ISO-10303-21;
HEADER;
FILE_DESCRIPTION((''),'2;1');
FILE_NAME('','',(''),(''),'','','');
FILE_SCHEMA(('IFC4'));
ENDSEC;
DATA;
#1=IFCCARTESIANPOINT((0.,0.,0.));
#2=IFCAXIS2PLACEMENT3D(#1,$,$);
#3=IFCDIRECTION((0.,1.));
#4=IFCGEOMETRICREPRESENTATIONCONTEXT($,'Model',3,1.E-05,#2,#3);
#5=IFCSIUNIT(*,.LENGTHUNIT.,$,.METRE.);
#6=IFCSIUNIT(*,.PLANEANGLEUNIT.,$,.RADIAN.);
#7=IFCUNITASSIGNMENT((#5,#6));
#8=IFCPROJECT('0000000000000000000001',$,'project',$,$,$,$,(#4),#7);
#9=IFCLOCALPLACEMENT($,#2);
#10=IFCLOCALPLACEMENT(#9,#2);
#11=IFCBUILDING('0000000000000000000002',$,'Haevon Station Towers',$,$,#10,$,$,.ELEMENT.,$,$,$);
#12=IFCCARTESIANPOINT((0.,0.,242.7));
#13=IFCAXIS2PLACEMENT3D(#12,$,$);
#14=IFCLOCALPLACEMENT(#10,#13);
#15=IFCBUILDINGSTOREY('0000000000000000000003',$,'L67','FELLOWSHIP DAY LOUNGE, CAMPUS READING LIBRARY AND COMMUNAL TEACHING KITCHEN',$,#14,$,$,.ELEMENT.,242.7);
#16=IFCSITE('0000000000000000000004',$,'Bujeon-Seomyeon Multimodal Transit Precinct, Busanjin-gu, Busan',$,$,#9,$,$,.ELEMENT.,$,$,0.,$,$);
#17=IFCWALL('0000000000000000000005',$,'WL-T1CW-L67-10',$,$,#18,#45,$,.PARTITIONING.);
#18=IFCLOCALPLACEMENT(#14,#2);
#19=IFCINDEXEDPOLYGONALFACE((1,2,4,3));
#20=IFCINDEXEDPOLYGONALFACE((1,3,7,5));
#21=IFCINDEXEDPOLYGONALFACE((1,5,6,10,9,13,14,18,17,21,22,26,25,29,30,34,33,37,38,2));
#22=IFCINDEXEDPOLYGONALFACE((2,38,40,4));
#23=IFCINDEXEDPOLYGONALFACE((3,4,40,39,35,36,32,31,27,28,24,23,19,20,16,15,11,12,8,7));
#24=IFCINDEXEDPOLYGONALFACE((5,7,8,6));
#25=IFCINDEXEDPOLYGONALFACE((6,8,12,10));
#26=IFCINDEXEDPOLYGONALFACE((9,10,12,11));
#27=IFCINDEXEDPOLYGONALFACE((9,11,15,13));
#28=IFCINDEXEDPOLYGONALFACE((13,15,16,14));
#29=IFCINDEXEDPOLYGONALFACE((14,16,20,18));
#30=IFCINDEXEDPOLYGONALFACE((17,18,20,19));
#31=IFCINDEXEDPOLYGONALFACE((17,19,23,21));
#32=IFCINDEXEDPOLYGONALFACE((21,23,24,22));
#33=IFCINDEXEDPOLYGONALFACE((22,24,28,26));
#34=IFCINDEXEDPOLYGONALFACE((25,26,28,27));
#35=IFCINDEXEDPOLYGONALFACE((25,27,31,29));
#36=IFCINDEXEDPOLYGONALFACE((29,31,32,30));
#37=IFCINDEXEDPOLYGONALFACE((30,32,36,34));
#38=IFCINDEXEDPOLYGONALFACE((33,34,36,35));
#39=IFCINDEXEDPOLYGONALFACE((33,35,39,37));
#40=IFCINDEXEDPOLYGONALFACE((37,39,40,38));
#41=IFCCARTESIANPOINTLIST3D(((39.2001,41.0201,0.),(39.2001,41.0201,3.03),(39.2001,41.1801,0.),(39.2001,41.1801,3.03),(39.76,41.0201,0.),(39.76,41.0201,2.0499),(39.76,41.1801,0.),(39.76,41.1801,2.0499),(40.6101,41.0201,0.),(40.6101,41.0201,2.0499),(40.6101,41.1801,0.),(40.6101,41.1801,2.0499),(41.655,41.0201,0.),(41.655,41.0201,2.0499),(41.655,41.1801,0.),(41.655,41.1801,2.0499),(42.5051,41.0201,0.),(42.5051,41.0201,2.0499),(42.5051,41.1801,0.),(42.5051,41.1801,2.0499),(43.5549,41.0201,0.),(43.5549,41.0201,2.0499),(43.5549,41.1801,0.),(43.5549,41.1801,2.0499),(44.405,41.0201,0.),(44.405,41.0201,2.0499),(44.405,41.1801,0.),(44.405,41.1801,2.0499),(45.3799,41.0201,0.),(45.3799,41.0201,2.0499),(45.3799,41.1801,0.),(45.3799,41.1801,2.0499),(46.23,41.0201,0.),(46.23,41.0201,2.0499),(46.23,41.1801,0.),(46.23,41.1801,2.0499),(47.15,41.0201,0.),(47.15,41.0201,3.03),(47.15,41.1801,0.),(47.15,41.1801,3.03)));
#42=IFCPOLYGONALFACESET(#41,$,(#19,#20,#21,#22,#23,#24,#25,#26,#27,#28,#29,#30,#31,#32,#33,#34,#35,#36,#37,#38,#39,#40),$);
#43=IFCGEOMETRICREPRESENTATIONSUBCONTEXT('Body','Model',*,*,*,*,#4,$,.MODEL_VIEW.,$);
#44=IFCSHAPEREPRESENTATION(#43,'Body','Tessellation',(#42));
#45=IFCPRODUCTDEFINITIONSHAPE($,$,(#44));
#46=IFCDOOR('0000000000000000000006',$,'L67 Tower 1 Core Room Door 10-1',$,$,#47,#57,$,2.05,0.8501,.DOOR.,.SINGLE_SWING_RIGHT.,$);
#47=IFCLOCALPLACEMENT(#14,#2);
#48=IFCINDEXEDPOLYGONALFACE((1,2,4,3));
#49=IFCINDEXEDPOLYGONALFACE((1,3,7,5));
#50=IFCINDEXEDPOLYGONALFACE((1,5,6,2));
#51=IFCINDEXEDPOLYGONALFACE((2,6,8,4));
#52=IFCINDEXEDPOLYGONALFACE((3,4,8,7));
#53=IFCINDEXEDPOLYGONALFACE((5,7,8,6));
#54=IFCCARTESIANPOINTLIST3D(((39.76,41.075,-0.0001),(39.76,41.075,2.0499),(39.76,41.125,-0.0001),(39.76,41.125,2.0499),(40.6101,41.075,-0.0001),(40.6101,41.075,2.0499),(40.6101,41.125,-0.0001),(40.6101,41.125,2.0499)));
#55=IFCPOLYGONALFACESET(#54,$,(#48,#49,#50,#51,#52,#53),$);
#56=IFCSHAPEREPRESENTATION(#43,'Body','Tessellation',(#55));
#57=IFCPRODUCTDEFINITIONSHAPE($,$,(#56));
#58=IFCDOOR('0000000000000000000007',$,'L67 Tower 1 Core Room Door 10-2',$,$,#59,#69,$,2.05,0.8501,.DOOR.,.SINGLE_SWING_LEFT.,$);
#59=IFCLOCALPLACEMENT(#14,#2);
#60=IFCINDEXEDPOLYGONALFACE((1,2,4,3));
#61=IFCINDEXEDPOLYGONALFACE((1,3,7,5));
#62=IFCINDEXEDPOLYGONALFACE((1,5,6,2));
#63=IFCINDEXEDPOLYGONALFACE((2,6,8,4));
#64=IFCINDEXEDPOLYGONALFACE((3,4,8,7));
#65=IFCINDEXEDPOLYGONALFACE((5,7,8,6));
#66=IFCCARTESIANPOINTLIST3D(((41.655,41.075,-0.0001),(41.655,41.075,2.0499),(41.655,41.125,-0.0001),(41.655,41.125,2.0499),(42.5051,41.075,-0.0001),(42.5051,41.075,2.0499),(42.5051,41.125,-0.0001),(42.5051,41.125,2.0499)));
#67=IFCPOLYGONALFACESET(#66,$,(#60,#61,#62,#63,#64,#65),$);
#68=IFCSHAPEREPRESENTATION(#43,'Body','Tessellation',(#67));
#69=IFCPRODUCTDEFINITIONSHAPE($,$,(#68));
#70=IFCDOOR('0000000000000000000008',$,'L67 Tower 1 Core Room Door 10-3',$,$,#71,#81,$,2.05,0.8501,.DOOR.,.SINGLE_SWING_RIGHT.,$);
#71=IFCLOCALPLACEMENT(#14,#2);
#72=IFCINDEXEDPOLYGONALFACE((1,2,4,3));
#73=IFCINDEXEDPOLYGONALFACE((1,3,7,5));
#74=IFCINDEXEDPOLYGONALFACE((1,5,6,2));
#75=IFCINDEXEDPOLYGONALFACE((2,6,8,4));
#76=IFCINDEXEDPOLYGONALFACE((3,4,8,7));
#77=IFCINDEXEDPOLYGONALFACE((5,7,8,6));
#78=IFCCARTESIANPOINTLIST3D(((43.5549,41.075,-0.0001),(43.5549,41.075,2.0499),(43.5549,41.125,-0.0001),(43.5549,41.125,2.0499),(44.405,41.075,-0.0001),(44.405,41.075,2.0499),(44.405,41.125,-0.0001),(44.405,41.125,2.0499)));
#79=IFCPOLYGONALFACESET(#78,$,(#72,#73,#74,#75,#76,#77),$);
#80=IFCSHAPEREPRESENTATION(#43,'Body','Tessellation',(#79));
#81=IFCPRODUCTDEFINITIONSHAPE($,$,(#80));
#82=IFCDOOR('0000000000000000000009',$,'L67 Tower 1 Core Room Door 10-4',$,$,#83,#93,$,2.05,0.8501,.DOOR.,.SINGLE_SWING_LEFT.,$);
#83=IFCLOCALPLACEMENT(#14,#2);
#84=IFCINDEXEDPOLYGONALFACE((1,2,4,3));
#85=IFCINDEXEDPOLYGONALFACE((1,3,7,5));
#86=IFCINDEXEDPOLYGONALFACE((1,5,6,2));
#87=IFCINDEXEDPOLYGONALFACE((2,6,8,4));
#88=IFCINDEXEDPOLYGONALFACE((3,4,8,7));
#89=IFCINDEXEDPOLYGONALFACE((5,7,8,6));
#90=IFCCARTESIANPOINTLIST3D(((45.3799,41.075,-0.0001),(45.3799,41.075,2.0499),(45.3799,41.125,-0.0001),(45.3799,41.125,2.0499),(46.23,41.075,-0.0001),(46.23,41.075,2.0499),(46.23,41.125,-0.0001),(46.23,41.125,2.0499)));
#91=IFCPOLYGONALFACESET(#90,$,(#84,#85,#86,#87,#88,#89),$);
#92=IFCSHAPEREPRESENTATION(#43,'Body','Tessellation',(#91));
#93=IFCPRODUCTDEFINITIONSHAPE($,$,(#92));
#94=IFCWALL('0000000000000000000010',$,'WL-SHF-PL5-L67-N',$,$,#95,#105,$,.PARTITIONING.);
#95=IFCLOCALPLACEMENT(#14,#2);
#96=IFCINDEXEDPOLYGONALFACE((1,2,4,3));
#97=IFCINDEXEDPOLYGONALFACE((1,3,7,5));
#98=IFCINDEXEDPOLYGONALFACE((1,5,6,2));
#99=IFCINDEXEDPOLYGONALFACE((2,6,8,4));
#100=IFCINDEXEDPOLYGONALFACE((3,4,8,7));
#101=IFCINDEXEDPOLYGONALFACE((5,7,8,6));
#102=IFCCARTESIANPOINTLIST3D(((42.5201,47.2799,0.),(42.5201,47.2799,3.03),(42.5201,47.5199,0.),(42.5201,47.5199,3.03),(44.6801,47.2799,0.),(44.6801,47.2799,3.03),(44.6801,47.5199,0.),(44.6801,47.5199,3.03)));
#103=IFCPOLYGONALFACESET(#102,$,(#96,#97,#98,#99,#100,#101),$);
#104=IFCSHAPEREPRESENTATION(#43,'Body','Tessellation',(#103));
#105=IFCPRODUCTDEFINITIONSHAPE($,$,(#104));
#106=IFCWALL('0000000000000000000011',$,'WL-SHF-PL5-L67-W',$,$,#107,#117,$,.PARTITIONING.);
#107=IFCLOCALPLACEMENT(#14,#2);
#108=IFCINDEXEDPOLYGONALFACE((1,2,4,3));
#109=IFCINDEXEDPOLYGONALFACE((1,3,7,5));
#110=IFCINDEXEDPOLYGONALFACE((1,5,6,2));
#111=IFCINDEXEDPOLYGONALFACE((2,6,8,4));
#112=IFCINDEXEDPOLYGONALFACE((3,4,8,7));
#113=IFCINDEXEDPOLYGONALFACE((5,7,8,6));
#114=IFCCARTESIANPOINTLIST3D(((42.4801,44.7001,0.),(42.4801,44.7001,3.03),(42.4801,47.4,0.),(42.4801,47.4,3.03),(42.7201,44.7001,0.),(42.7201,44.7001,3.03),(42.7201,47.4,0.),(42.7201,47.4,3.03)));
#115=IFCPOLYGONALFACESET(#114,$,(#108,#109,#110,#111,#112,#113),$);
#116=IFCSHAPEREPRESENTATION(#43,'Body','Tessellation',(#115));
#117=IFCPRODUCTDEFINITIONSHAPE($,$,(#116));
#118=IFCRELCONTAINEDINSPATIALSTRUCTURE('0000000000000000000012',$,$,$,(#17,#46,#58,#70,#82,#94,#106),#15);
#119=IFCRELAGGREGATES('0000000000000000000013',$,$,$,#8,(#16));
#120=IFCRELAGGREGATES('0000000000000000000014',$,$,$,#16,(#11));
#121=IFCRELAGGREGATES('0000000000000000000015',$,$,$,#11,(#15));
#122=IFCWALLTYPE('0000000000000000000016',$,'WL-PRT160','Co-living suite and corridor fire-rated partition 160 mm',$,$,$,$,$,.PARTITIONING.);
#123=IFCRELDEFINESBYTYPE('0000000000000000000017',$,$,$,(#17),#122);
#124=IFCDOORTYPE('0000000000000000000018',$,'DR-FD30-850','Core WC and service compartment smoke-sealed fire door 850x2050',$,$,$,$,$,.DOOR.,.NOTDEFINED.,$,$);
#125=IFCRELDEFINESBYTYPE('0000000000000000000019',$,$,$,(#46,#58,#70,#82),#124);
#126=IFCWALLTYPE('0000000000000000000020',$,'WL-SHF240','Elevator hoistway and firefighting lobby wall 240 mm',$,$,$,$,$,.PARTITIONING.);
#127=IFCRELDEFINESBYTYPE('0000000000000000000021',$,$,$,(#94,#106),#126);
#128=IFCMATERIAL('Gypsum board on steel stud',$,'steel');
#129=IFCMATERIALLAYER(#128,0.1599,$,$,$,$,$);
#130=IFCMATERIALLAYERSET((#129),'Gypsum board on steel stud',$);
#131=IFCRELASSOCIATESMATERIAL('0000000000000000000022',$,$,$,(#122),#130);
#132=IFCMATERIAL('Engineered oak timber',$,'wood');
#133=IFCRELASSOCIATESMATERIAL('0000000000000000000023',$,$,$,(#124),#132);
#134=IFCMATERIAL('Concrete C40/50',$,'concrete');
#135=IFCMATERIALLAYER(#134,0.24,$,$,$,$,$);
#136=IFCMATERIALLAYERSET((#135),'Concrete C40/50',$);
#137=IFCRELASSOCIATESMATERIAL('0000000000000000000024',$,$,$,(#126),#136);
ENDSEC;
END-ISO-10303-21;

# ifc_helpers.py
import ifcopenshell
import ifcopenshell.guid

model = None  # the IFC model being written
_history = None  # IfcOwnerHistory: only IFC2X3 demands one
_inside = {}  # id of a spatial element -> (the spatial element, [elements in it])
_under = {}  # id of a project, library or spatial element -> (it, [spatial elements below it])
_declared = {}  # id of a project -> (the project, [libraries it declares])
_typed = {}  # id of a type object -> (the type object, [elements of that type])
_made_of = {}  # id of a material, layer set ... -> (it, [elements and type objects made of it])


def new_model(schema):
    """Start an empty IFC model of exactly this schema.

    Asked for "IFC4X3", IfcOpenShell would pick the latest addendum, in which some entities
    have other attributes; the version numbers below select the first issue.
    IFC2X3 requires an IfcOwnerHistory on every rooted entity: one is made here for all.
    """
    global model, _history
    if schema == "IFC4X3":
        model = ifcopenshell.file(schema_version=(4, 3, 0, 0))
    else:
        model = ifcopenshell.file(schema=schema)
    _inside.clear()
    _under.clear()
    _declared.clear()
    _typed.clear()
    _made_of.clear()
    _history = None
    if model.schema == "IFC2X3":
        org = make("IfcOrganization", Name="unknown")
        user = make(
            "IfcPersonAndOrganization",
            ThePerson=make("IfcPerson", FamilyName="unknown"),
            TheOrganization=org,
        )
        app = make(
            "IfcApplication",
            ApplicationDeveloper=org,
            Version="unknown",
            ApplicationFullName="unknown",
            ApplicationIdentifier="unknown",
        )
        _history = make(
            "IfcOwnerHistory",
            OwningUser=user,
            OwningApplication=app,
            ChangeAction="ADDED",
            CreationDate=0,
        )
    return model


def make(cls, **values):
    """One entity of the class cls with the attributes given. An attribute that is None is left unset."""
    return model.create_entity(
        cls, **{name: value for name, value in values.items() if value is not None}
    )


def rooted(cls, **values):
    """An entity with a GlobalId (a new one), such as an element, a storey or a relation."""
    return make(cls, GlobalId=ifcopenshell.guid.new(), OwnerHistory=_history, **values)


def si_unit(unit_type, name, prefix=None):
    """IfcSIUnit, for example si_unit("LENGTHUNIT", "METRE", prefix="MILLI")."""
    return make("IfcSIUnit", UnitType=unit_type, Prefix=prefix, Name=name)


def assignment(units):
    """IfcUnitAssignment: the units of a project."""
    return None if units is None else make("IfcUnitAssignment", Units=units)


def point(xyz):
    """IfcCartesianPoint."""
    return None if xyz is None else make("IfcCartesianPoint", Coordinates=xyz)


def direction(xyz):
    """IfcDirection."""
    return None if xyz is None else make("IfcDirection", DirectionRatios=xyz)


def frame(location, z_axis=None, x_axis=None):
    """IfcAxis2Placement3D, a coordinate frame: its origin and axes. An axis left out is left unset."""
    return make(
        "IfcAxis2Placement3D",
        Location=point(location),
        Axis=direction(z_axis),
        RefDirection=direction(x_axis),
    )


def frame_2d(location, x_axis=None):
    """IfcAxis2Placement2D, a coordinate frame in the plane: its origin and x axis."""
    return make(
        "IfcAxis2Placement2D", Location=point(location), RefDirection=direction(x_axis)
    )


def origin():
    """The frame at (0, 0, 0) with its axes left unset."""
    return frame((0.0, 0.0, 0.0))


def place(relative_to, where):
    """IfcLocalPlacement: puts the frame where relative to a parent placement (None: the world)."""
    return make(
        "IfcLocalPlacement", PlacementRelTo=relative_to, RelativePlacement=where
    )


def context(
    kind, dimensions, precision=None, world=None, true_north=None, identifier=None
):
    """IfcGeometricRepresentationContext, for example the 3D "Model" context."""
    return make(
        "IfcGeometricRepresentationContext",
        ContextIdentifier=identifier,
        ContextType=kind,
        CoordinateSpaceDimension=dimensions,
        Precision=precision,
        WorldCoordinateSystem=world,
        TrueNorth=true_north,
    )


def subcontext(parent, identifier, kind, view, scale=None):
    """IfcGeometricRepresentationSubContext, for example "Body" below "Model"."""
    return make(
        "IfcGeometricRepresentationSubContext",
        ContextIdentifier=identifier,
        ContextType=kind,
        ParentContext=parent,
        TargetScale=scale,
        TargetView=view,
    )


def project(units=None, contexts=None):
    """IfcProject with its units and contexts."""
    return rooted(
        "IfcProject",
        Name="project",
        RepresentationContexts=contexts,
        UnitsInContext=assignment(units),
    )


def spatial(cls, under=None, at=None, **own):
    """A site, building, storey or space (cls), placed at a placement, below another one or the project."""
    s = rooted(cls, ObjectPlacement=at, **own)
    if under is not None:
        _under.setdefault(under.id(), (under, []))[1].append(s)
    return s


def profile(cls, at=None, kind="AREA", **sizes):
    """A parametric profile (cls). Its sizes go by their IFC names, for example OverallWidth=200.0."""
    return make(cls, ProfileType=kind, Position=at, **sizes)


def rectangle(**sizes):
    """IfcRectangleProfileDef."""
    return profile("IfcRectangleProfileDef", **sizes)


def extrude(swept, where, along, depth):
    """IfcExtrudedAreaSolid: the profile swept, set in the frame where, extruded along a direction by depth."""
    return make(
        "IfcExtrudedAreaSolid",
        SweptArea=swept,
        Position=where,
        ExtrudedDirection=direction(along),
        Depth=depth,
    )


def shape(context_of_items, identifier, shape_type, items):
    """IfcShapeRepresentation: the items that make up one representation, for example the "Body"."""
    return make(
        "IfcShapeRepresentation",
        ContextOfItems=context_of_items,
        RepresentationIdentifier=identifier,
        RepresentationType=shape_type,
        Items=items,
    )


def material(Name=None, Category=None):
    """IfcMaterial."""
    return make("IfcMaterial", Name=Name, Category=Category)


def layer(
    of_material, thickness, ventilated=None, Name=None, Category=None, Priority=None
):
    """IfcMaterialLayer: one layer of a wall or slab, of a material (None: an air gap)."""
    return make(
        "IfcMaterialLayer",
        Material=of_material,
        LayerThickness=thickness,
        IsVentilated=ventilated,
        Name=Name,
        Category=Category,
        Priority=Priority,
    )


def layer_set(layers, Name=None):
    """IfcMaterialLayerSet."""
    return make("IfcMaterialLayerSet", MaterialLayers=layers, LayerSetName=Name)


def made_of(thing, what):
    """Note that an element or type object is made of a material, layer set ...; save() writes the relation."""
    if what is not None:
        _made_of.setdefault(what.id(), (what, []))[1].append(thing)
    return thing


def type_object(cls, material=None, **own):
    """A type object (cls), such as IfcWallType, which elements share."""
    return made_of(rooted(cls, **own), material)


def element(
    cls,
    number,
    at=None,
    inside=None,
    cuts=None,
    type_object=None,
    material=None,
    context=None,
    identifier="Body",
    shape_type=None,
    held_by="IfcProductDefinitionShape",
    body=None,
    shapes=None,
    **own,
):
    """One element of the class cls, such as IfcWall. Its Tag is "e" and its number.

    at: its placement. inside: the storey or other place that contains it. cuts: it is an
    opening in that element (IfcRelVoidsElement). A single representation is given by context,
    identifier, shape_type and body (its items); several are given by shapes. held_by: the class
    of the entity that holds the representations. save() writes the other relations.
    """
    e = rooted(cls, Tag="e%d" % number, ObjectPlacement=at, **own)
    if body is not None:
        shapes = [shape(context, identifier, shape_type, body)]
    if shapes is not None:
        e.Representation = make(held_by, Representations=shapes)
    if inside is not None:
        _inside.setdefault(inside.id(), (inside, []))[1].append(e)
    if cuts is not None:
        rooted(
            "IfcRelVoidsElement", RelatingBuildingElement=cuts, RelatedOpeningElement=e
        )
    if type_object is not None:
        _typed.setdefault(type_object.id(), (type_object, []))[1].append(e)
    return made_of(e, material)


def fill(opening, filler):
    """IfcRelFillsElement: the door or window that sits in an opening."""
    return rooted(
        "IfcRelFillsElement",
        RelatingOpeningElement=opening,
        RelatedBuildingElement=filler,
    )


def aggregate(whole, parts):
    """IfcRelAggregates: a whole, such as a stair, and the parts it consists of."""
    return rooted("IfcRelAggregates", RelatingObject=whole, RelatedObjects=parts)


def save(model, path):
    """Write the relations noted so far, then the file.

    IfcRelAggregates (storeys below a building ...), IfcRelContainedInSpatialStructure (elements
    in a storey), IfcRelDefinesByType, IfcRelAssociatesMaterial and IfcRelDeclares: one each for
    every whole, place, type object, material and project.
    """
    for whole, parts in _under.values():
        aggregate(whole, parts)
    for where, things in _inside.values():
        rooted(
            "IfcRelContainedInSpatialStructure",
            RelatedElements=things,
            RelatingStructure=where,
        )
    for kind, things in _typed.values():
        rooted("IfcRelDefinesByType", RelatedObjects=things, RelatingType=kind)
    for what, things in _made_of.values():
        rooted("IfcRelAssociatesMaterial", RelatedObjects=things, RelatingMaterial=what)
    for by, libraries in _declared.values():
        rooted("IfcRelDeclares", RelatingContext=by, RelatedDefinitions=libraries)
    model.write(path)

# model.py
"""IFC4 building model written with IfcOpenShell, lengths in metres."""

from ifc_helpers import new_model, si_unit, direction, frame, frame_2d, origin, place, context, subcontext, project, spatial, rectangle, extrude, material, layer, layer_set, type_object, element, fill, save


model = new_model("IFC4")

# Units and contexts
model_context = context("Model", 3, precision=1e-05, world=origin(), true_north=direction((0.0, 1.0)))
body_context = subcontext(model_context, "Body", "Model", "MODEL_VIEW")
ifc_project = project(units=[si_unit("LENGTHUNIT", "METRE"), si_unit("PLANEANGLEUNIT", "RADIAN")], contexts=[model_context])

# Site, building, storey
site_placement = place(None, origin())
site = spatial("IfcSite", under=ifc_project, at=site_placement, Name="Bujeon-Seomyeon Multimodal Transit Precinct, Busanjin-gu, Busan", CompositionType="ELEMENT", RefElevation=0.0)
building_placement = place(site_placement, origin())
building = spatial("IfcBuilding", under=site, at=building_placement, Name="Haevon Station Towers", CompositionType="ELEMENT")
storey_placement = place(building_placement, frame((0.0, 0.0, 242.7)))
storey = spatial("IfcBuildingStorey", under=building, at=storey_placement, Name="L67", Description="FELLOWSHIP DAY LOUNGE, CAMPUS READING LIBRARY AND COMMUNAL TEACHING KITCHEN", CompositionType="ELEMENT", Elevation=242.7)

# Shared definitions
ifc_material_1 = material(Name="Gypsum board on steel stud", Category="steel")
ifc_layer_1 = layer(ifc_material_1, 0.1599)
ifc_layer_set_1 = layer_set([ifc_layer_1], Name="Gypsum board on steel stud")
wall_type_1 = type_object("IfcWallType", Name="WL-PRT160", Description="Co-living suite and corridor fire-rated partition 160 mm", PredefinedType="PARTITIONING", material=ifc_layer_set_1)

# Shared definitions
ifc_material_2 = material(Name="Engineered oak timber", Category="wood")

# Wall, openings, doors
wall_1_placement = place(storey_placement, frame((39.2, 41.1001, 0.0), z_axis=(0.0, 0.0, 1.0), x_axis=(1.0, 0.0, 0.0)))
wall_1 = element("IfcWall", 1, at=wall_1_placement, inside=storey, type_object=wall_type_1, Name="WL-T1CW-L67-10", PredefinedType="PARTITIONING", context=body_context, shape_type="SweptSolid", body=[
    extrude(rectangle(XDim=7.95, YDim=0.1599, at=frame_2d((3.9751, 0.0))), origin(), (0.0, 0.0, 1.0), 3.03),
])
opening_1_placement = place(wall_1_placement, frame((0.5601, 0.0, 0.0)))
opening_1 = element("IfcOpeningElement", 2, at=opening_1_placement, cuts=wall_1, PredefinedType="OPENING", context=body_context, shape_type="SweptSolid", body=[
    extrude(rectangle(XDim=0.8501, YDim=2.05, at=frame_2d((0.425, 1.0249))), frame((0.0, 0.0898, 0.0), z_axis=(0.0, -1.0, 0.0), x_axis=(1.0, 0.0, 0.0)), (0.0, 0.0, 1.0), 0.1799),
])
opening_2_placement = place(wall_1_placement, frame((2.4551, 0.0, 0.0)))
opening_2 = element("IfcOpeningElement", 3, at=opening_2_placement, cuts=wall_1, PredefinedType="OPENING", context=body_context, shape_type="SweptSolid", body=[
    extrude(rectangle(XDim=0.8501, YDim=2.05, at=frame_2d((0.425, 1.0249))), frame((0.0, 0.0898, 0.0), z_axis=(0.0, -1.0, 0.0), x_axis=(1.0, 0.0, 0.0)), (0.0, 0.0, 1.0), 0.1799),
])
opening_3_placement = place(wall_1_placement, frame((4.355, 0.0, 0.0)))
opening_3 = element("IfcOpeningElement", 4, at=opening_3_placement, cuts=wall_1, PredefinedType="OPENING", context=body_context, shape_type="SweptSolid", body=[
    extrude(rectangle(XDim=0.8501, YDim=2.05, at=frame_2d((0.425, 1.0249))), frame((0.0, 0.0898, 0.0), z_axis=(0.0, -1.0, 0.0), x_axis=(1.0, 0.0, 0.0)), (0.0, 0.0, 1.0), 0.1799),
])
opening_4_placement = place(wall_1_placement, frame((6.1799, 0.0, 0.0)))
opening_4 = element("IfcOpeningElement", 5, at=opening_4_placement, cuts=wall_1, PredefinedType="OPENING", context=body_context, shape_type="SweptSolid", body=[
    extrude(rectangle(XDim=0.8501, YDim=2.05, at=frame_2d((0.425, 1.0249))), frame((0.0, 0.0898, 0.0), z_axis=(0.0, -1.0, 0.0), x_axis=(1.0, 0.0, 0.0)), (0.0, 0.0, 1.0), 0.1799),
])
door_type_1 = type_object("IfcDoorType", Name="DR-FD30-850", Description="Core WC and service compartment smoke-sealed fire door 850x2050", OperationType="NOTDEFINED", PredefinedType="DOOR", material=ifc_material_2)
door_1_placement = place(opening_1_placement, origin())
door_1 = element("IfcDoor", 6, at=door_1_placement, inside=storey, type_object=door_type_1, Name="L67 Tower 1 Core Room Door 10-1", OperationType="SINGLE_SWING_RIGHT", OverallHeight=2.05, OverallWidth=0.8501, PredefinedType="DOOR", context=body_context, shape_type="SweptSolid", body=[
    extrude(rectangle(XDim=0.8501, YDim=2.05, at=frame_2d((0.425, 1.0249))), frame((0.0, 0.0249, 0.0), z_axis=(0.0, -1.0, 0.0), x_axis=(1.0, 0.0, 0.0)), (0.0, 0.0, 1.0), 0.05),
])
fill(opening_1, door_1)
door_2_placement = place(opening_2_placement, origin())
door_2 = element("IfcDoor", 7, at=door_2_placement, inside=storey, type_object=door_type_1, Name="L67 Tower 1 Core Room Door 10-2", OperationType="SINGLE_SWING_LEFT", OverallHeight=2.05, OverallWidth=0.8501, PredefinedType="DOOR", context=body_context, shape_type="SweptSolid", body=[
    extrude(rectangle(XDim=0.8501, YDim=2.05, at=frame_2d((0.425, 1.0249))), frame((0.0, 0.0249, 0.0), z_axis=(0.0, -1.0, 0.0), x_axis=(1.0, 0.0, 0.0)), (0.0, 0.0, 1.0), 0.05),
])
fill(opening_2, door_2)
door_3_placement = place(opening_3_placement, origin())
door_3 = element("IfcDoor", 8, at=door_3_placement, inside=storey, type_object=door_type_1, Name="L67 Tower 1 Core Room Door 10-3", OperationType="SINGLE_SWING_RIGHT", OverallHeight=2.05, OverallWidth=0.8501, PredefinedType="DOOR", context=body_context, shape_type="SweptSolid", body=[
    extrude(rectangle(XDim=0.8501, YDim=2.05, at=frame_2d((0.425, 1.0249))), frame((0.0, 0.0249, 0.0), z_axis=(0.0, -1.0, 0.0), x_axis=(1.0, 0.0, 0.0)), (0.0, 0.0, 1.0), 0.05),
])
fill(opening_3, door_3)
door_4_placement = place(opening_4_placement, origin())
door_4 = element("IfcDoor", 9, at=door_4_placement, inside=storey, type_object=door_type_1, Name="L67 Tower 1 Core Room Door 10-4", OperationType="SINGLE_SWING_LEFT", OverallHeight=2.05, OverallWidth=0.8501, PredefinedType="DOOR", context=body_context, shape_type="SweptSolid", body=[
    extrude(rectangle(XDim=0.8501, YDim=2.05, at=frame_2d((0.425, 1.0249))), frame((0.0, 0.0249, 0.0), z_axis=(0.0, -1.0, 0.0), x_axis=(1.0, 0.0, 0.0)), (0.0, 0.0, 1.0), 0.05),
])
fill(opening_4, door_4)

# Shared definitions
ifc_material_3 = material(Name="Concrete C40/50", Category="concrete")
ifc_layer_2 = layer(ifc_material_3, 0.24)
ifc_layer_set_2 = layer_set([ifc_layer_2], Name="Concrete C40/50")
wall_type_2 = type_object("IfcWallType", Name="WL-SHF240", Description="Elevator hoistway and firefighting lobby wall 240 mm", PredefinedType="PARTITIONING", material=ifc_layer_set_2)

# Walls
wall_2_placement = place(storey_placement, frame((42.52, 47.3999, 0.0), z_axis=(0.0, 0.0, 1.0), x_axis=(1.0, 0.0, 0.0)))
element("IfcWall", 10, at=wall_2_placement, inside=storey, type_object=wall_type_2, Name="WL-SHF-PL5-L67-N", PredefinedType="PARTITIONING", context=body_context, shape_type="SweptSolid", body=[
    extrude(rectangle(XDim=2.1599, YDim=0.24, at=frame_2d((1.0801, 0.0))), origin(), (0.0, 0.0, 1.0), 3.03),
])
wall_3_placement = place(storey_placement, frame((42.6001, 44.7, 0.0), z_axis=(0.0, 0.0, 1.0), x_axis=(0.0, 1.0, 0.0)))
element("IfcWall", 11, at=wall_3_placement, inside=storey, type_object=wall_type_2, Name="WL-SHF-PL5-L67-W", PredefinedType="PARTITIONING", context=body_context, shape_type="SweptSolid", body=[
    extrude(rectangle(XDim=2.7, YDim=0.24, at=frame_2d((1.3501, 0.0))), origin(), (0.0, 0.0, 1.0), 3.03),
])

save(model, "model.ifc")
